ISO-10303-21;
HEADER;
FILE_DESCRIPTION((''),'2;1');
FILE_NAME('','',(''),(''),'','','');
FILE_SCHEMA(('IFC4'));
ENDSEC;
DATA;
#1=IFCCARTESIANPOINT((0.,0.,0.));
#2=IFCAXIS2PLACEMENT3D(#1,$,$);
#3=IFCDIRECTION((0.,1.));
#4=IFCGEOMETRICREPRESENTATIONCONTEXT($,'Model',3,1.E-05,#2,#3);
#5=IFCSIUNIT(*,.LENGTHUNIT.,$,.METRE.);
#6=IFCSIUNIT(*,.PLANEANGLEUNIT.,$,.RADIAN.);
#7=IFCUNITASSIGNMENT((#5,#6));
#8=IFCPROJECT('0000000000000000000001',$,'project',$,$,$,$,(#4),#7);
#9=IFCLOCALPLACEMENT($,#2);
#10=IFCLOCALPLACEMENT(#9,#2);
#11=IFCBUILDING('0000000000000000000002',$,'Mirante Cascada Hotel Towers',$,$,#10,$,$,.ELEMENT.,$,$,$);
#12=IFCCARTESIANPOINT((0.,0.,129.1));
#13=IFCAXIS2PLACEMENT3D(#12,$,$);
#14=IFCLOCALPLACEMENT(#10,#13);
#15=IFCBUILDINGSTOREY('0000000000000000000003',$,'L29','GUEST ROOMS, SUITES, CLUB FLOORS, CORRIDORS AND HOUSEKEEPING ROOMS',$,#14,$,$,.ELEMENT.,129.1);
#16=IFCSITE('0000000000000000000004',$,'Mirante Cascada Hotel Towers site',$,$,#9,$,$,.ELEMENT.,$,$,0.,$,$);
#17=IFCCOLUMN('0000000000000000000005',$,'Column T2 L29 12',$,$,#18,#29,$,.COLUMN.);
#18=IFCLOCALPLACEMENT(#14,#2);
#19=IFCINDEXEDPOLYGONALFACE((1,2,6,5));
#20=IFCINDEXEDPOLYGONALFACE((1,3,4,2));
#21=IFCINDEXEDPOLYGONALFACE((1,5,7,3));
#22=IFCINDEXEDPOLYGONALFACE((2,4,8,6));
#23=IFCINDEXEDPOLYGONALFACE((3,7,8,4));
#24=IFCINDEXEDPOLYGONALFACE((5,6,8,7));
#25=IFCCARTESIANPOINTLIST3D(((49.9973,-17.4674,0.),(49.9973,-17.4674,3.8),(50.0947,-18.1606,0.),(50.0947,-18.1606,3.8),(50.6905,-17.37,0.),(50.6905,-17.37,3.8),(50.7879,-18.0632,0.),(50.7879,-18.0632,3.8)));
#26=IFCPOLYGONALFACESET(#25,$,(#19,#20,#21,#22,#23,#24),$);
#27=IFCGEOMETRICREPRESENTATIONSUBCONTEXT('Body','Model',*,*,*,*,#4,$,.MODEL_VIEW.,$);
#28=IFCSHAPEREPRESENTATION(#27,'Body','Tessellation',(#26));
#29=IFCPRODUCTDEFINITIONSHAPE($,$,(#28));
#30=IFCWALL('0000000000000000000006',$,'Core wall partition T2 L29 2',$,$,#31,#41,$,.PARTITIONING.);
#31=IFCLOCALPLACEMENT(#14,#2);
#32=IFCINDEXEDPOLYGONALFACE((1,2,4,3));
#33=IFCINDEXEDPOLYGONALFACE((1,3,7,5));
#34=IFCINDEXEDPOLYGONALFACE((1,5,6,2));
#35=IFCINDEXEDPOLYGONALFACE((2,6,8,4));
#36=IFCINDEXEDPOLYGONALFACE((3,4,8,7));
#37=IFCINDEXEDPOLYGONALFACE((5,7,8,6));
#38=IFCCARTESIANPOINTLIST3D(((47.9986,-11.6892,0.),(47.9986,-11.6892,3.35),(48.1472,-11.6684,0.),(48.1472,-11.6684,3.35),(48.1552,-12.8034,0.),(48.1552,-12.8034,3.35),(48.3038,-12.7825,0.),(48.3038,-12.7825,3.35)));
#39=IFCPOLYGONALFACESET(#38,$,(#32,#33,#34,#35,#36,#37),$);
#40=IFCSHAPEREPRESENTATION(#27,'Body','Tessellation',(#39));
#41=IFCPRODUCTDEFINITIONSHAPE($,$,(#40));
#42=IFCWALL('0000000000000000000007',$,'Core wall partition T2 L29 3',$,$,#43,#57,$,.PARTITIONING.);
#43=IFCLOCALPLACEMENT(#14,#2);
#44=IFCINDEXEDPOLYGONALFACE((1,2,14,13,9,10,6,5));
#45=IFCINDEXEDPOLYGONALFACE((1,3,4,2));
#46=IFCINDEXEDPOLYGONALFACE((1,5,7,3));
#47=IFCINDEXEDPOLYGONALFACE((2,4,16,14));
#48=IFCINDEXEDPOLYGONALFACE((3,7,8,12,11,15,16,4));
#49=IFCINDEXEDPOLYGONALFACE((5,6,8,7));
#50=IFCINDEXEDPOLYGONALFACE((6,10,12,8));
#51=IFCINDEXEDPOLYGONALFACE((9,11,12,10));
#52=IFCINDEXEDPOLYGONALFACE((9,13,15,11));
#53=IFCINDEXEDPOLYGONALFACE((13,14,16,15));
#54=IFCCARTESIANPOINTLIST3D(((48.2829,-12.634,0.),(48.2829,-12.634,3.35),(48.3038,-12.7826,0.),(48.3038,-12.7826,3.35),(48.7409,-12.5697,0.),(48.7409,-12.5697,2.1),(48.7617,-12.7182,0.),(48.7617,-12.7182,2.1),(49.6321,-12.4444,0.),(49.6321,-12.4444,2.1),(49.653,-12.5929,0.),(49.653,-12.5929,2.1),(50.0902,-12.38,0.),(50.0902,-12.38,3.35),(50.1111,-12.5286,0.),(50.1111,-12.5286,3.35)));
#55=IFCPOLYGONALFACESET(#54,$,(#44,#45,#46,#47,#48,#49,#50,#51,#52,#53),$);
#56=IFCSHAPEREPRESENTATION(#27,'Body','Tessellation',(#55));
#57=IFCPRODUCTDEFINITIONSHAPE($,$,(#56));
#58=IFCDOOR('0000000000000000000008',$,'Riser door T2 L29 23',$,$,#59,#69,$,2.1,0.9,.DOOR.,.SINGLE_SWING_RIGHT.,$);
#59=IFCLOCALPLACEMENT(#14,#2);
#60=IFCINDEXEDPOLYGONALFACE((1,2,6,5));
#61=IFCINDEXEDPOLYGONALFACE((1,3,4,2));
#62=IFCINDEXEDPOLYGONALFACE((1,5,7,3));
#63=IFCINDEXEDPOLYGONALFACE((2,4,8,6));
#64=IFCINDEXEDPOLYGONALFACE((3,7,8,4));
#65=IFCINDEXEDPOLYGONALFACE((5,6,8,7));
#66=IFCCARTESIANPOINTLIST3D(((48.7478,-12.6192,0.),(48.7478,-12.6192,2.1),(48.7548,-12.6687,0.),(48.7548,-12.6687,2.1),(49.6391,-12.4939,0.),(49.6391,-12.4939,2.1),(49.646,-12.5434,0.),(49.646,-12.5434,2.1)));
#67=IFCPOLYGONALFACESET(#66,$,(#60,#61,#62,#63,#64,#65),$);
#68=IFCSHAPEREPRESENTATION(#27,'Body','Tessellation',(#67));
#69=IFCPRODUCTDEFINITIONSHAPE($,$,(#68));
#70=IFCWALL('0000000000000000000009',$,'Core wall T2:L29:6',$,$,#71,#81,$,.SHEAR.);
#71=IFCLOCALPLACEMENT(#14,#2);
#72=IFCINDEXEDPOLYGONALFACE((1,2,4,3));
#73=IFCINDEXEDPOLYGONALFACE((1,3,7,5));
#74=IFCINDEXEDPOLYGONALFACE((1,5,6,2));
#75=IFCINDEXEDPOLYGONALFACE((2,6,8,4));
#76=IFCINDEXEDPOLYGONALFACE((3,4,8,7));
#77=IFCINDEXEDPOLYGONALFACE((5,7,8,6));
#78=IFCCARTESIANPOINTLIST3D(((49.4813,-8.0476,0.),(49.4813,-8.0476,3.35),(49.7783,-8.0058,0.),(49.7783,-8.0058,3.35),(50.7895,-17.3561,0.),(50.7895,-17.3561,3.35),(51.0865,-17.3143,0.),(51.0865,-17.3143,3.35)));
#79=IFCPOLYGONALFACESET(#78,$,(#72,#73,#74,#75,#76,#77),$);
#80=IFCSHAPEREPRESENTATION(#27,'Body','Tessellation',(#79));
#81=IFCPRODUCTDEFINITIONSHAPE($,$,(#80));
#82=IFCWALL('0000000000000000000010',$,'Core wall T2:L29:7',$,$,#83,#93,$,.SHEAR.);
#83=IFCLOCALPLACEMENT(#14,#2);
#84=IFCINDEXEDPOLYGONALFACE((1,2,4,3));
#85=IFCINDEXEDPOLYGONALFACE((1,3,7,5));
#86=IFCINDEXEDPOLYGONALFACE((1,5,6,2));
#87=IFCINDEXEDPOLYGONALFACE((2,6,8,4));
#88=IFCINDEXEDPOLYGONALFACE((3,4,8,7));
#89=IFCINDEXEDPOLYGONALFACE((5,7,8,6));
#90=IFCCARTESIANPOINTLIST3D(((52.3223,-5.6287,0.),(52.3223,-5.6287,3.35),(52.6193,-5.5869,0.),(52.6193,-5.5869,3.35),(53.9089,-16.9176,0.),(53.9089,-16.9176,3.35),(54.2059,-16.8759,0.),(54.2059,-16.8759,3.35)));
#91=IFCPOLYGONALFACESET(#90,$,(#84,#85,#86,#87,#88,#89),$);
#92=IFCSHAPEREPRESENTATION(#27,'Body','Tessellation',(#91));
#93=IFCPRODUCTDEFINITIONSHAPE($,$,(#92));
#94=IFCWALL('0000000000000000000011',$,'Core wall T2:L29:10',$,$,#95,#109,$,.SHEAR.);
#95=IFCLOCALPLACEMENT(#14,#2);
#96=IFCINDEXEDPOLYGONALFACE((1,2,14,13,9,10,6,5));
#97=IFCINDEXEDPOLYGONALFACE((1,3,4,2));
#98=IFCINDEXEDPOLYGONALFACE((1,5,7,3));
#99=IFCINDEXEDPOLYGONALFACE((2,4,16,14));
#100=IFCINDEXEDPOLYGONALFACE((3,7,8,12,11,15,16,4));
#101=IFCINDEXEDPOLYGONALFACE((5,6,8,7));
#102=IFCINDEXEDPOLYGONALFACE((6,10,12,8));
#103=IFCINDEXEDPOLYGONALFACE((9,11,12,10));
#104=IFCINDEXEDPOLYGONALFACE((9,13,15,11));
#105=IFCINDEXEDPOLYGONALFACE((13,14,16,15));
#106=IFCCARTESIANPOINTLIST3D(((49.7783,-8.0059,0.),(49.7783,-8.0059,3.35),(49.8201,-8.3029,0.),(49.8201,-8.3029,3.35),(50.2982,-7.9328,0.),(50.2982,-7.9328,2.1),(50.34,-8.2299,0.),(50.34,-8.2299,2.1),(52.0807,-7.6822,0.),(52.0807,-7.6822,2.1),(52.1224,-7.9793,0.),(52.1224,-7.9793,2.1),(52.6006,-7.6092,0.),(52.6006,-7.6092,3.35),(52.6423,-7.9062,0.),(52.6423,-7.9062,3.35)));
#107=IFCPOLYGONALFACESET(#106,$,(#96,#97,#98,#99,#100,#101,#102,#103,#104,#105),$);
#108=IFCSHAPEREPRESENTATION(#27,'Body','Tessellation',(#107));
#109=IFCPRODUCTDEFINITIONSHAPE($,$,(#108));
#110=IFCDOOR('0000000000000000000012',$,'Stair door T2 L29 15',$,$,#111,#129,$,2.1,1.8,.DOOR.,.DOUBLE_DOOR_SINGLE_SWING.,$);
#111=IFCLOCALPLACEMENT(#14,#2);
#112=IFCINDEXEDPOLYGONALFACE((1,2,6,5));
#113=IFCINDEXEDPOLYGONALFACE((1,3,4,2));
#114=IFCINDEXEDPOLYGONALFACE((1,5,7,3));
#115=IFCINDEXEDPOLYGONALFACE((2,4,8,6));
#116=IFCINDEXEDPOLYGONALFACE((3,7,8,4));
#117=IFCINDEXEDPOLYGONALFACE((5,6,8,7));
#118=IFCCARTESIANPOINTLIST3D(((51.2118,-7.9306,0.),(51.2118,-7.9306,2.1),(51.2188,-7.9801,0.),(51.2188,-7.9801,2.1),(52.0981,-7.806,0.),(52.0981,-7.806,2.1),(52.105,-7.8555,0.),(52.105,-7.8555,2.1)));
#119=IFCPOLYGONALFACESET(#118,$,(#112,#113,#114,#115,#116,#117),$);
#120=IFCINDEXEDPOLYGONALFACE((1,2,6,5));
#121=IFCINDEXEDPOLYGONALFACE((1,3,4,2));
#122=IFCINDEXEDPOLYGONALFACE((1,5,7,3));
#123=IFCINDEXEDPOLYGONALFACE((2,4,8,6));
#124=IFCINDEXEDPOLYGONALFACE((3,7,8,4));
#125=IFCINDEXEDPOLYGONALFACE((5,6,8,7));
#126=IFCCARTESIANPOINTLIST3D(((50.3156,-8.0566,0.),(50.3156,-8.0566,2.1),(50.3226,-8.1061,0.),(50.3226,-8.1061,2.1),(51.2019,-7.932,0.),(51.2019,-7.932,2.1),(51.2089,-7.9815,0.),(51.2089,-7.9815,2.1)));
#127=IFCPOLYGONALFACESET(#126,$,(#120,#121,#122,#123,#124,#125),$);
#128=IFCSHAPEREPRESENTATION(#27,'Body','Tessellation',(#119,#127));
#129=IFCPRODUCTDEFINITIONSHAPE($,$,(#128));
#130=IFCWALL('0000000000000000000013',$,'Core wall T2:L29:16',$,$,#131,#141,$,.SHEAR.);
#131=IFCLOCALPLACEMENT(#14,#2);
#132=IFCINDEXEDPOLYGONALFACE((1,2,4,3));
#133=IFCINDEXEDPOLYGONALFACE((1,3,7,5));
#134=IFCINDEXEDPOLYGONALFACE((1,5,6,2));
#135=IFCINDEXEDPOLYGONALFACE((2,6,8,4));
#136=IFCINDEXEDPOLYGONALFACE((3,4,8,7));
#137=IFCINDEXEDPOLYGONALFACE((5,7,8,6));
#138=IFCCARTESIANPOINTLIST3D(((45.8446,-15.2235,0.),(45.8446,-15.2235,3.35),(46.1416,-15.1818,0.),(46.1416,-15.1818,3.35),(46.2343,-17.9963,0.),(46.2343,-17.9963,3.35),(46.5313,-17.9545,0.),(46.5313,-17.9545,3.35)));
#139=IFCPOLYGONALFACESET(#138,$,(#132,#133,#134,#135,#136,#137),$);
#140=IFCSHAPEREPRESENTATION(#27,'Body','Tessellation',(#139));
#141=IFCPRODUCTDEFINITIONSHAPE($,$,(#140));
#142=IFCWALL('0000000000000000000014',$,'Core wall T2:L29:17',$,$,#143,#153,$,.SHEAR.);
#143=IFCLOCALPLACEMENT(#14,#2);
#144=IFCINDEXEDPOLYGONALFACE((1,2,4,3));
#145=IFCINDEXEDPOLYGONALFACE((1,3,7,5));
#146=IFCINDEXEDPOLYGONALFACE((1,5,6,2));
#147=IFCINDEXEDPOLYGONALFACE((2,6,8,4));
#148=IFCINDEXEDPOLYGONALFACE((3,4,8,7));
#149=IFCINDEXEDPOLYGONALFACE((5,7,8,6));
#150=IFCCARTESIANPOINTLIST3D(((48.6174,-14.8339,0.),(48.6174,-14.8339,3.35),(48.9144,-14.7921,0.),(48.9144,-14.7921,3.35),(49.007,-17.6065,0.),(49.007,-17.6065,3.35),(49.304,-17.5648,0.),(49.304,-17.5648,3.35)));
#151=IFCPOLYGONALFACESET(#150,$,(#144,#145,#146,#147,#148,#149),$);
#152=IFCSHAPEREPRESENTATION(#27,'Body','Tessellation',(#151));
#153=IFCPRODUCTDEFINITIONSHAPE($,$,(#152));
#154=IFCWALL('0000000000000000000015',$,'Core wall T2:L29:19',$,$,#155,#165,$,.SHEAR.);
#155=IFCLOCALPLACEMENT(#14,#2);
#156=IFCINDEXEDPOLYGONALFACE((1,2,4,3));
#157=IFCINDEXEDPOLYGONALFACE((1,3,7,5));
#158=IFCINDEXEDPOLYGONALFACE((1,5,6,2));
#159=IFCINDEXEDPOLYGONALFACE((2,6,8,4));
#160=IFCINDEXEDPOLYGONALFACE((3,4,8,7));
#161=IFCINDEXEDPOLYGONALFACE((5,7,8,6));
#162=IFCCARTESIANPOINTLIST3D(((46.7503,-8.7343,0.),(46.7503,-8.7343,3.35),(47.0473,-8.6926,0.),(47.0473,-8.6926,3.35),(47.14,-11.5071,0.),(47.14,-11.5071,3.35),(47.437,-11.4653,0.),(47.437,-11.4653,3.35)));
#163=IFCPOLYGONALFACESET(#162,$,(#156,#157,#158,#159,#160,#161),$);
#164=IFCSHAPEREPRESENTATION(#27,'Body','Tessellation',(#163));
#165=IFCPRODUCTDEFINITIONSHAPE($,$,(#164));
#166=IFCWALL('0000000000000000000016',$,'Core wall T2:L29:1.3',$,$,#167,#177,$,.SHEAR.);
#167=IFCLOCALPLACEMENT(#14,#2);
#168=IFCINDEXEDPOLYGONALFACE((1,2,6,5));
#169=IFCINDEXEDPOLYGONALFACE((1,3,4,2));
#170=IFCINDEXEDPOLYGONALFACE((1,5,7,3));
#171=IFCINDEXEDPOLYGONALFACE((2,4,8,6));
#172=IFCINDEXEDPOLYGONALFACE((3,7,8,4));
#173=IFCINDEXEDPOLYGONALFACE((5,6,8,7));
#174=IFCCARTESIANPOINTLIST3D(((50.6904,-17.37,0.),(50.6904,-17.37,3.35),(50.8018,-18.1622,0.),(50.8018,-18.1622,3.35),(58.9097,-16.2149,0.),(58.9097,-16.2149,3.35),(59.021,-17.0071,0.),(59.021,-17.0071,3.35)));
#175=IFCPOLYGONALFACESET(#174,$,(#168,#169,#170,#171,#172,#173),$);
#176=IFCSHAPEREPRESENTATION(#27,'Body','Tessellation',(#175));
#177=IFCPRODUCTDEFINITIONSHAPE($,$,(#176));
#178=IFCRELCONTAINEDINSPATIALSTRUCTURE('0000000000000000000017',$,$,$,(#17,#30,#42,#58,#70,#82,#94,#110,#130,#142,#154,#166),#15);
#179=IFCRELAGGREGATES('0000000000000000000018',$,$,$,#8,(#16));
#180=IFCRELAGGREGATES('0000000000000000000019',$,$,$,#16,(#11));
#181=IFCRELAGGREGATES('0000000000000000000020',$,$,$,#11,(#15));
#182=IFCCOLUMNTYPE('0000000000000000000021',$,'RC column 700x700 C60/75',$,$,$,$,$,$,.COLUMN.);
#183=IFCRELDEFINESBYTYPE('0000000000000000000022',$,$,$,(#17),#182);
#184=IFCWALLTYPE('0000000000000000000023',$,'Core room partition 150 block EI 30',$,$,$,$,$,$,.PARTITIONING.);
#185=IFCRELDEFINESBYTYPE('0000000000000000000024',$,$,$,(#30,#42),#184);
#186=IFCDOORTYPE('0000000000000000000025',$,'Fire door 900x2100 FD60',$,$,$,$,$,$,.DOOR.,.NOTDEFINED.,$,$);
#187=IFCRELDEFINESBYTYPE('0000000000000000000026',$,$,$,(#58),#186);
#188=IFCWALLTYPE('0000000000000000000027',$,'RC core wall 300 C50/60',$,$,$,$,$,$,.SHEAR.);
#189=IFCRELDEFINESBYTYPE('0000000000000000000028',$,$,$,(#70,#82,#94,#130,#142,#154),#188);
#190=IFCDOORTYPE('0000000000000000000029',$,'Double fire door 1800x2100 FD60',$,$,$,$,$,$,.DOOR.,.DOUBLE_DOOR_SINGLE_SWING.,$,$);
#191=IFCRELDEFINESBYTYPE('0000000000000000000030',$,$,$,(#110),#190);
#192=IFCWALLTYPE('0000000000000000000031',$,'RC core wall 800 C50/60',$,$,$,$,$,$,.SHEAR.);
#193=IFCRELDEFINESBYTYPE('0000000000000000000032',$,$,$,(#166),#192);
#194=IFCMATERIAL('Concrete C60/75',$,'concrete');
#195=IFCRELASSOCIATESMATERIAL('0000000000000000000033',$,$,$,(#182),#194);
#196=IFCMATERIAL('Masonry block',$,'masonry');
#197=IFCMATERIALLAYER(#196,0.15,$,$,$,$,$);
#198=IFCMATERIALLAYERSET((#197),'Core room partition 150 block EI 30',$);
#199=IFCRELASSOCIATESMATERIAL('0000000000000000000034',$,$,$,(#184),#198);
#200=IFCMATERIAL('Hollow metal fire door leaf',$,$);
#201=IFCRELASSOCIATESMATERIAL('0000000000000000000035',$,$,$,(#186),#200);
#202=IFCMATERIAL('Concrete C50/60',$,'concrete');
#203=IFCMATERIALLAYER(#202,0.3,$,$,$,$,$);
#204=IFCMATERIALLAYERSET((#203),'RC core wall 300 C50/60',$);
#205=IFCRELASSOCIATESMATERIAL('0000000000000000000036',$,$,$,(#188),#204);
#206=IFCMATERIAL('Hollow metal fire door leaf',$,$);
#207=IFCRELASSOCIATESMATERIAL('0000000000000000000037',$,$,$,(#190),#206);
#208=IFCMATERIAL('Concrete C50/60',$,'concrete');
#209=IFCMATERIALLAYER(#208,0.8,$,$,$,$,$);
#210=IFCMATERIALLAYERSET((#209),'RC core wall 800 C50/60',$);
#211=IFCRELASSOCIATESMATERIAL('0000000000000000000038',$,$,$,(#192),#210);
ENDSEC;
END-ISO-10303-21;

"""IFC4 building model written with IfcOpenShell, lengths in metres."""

from ifc_helpers import new_model, si_unit, direction, frame, frame_2d, origin, origin_2d, place, context, subcontext, project, spatial, rectangle, extrude, material, layer, layer_set, material_profile, profile_set, type_object, element, fill, save


model = new_model("IFC4")

# Units and contexts
model_context = context("Model", 3, precision=1e-05, world=origin(), true_north=direction((0.0, 1.0)))
body_context = subcontext(model_context, "Body", "Model", "MODEL_VIEW")
ifc_project = project(units=[si_unit("LENGTHUNIT", "METRE"), si_unit("PLANEANGLEUNIT", "RADIAN")], contexts=[model_context])

# Site, building, storey
site_placement = place(None, origin())
site = spatial("IfcSite", under=ifc_project, at=site_placement, Name="Mirante Cascada Hotel Towers site", CompositionType="ELEMENT", RefElevation=0.0)
building_placement = place(site_placement, origin())
building = spatial("IfcBuilding", under=site, at=building_placement, Name="Mirante Cascada Hotel Towers", CompositionType="ELEMENT")
storey_placement = place(building_placement, frame((0.0, 0.0, 129.1)))
storey = spatial("IfcBuildingStorey", under=building, at=storey_placement, Name="L29", Description="GUEST ROOMS, SUITES, CLUB FLOORS, CORRIDORS AND HOUSEKEEPING ROOMS", CompositionType="ELEMENT", Elevation=129.1)

# Column
ifc_material_1 = material(Name="Concrete C60/75", Category="concrete")
ifc_material_profile = material_profile(ifc_material_1, rectangle(XDim=0.7, YDim=0.7, at=origin_2d()), Name="RC column 700x700 C60/75")
ifc_profile_set = profile_set([ifc_material_profile], Name="Concrete C60/75")
column_type = type_object("IfcColumnType", Name="RC column 700x700 C60/75", PredefinedType="COLUMN", material=ifc_profile_set)
column_placement = place(storey_placement, frame((50.3926, -17.7653, 0.0), z_axis=(0.0, 0.0, 1.0), x_axis=(0.990268, 0.139173, 0.0)))
element("IfcColumn", 1, at=column_placement, inside=storey, type_object=column_type, Name="Column T2 L29 12", PredefinedType="COLUMN", context=body_context, shape_type="SweptSolid", body=[
    extrude(rectangle(XDim=0.7, YDim=0.7, at=origin_2d()), origin(), (0.0, 0.0, 1.0), 3.8),
])

# Wall
ifc_material_2 = material(Name="Masonry block", Category="masonry")
ifc_layer_1 = layer(ifc_material_2, 0.15)
ifc_layer_set_1 = layer_set([ifc_layer_1], Name="Core room partition 150 block EI 30")
wall_type_1 = type_object("IfcWallType", Name="Core room partition 150 block EI 30", PredefinedType="PARTITIONING", material=ifc_layer_set_1)
wall_1_placement = place(storey_placement, frame((48.2295, -12.793, 0.0), z_axis=(0.0, 0.0, 1.0), x_axis=(-0.139193, 0.990265, 0.0)))
element("IfcWall", 2, at=wall_1_placement, inside=storey, type_object=wall_type_1, Name="Core wall partition T2 L29 2", PredefinedType="PARTITIONING", context=body_context, shape_type="SweptSolid", body=[
    extrude(rectangle(XDim=1.1251, YDim=0.15, at=frame_2d((0.5626, 0.0))), origin(), (0.0, 0.0, 1.0), 3.35),
])

# Wall, opening, door
wall_2_placement = place(storey_placement, frame((48.2933, -12.7083, 0.0), z_axis=(0.0, 0.0, 1.0), x_axis=(0.990268, 0.139173, 0.0)))
wall_2 = element("IfcWall", 3, at=wall_2_placement, inside=storey, type_object=wall_type_1, Name="Core wall partition T2 L29 3", PredefinedType="PARTITIONING", context=body_context, shape_type="SweptSolid", body=[
    extrude(rectangle(XDim=1.8251, YDim=0.15, at=frame_2d((0.9126, 0.0))), origin(), (0.0, 0.0, 1.0), 3.35),
])
opening_1_placement = place(wall_2_placement, frame((0.4625, 0.0, 0.0)))
opening_1 = element("IfcOpeningElement", 4, at=opening_1_placement, cuts=wall_2, PredefinedType="OPENING", context=body_context, shape_type="SweptSolid", body=[
    extrude(rectangle(XDim=0.9, YDim=2.1, at=frame_2d((0.45, 1.05))), frame((0.0, 0.075, 0.0), z_axis=(0.0, -1.0, 0.0), x_axis=(1.0, 0.0, 0.0)), (0.0, 0.0, 1.0), 0.15),
])
ifc_material_3 = material(Name="Hollow metal fire door leaf")
door_type_1 = type_object("IfcDoorType", Name="Fire door 900x2100 FD60", OperationType="NOTDEFINED", PredefinedType="DOOR", material=ifc_material_3)
door_1_placement = place(opening_1_placement, frame((0.9, 0.0, 0.0), z_axis=(0.0, 0.0, 1.0), x_axis=(-1.0, 0.0, 0.0)))
door_1 = element("IfcDoor", 5, at=door_1_placement, inside=storey, type_object=door_type_1, Name="Riser door T2 L29 23", OperationType="SINGLE_SWING_RIGHT", OverallHeight=2.1, OverallWidth=0.9, PredefinedType="DOOR", context=body_context, shape_type="SweptSolid", body=[
    extrude(rectangle(XDim=0.9, YDim=2.1, at=frame_2d((0.45, 1.05))), frame((0.0, 0.025, 0.0), z_axis=(0.0, -1.0, 0.0), x_axis=(1.0, 0.0, 0.0)), (0.0, 0.0, 1.0), 0.05),
])
fill(opening_1, door_1)

# Walls
ifc_material_4 = material(Name="Concrete C50/60", Category="concrete")
ifc_layer_2 = layer(ifc_material_4, 0.3)
ifc_layer_set_2 = layer_set([ifc_layer_2], Name="RC core wall 300 C50/60")
wall_type_2 = type_object("IfcWallType", Name="RC core wall 300 C50/60", PredefinedType="SHEAR", material=ifc_layer_set_2)
wall_3_placement = place(storey_placement, frame((50.938, -17.3352, 0.0), z_axis=(0.0, 0.0, 1.0), x_axis=(-0.139171, 0.990268, 0.0)))
element("IfcWall", 6, at=wall_3_placement, inside=storey, type_object=wall_type_2, Name="Core wall T2:L29:6", PredefinedType="SHEAR", context=body_context, shape_type="SweptSolid", body=[
    extrude(rectangle(XDim=9.4, YDim=0.3, at=frame_2d((4.7, 0.0))), origin(), (0.0, 0.0, 1.0), 3.35),
])
wall_4_placement = place(storey_placement, frame((54.0574, -16.8968, 0.0), z_axis=(0.0, 0.0, 1.0), x_axis=(-0.139176, 0.990268, 0.0)))
element("IfcWall", 7, at=wall_4_placement, inside=storey, type_object=wall_type_2, Name="Core wall T2:L29:7", PredefinedType="SHEAR", context=body_context, shape_type="SweptSolid", body=[
    extrude(rectangle(XDim=11.3999, YDim=0.3, at=frame_2d((5.7, 0.0))), origin(), (0.0, 0.0, 1.0), 3.35),
])

# Wall, opening, door
wall_5_placement = place(storey_placement, frame((49.7992, -8.1544, 0.0), z_axis=(0.0, 0.0, 1.0), x_axis=(0.990266, 0.139191, 0.0)))
wall_5 = element("IfcWall", 8, at=wall_5_placement, inside=storey, type_object=wall_type_2, Name="Core wall T2:L29:10", PredefinedType="SHEAR", context=body_context, shape_type="SweptSolid", body=[
    extrude(rectangle(XDim=2.85, YDim=0.3, at=frame_2d((1.425, 0.0))), origin(), (0.0, 0.0, 1.0), 3.35),
])
opening_2_placement = place(wall_5_placement, frame((0.525, 0.0, 0.0)))
opening_2 = element("IfcOpeningElement", 9, at=opening_2_placement, cuts=wall_5, PredefinedType="OPENING", context=body_context, shape_type="SweptSolid", body=[
    extrude(rectangle(XDim=1.8, YDim=2.1, at=frame_2d((0.9, 1.05))), frame((0.0, 0.15, 0.0), z_axis=(0.0, -1.0, 0.0), x_axis=(1.0, 0.0, 0.0)), (0.0, 0.0, 1.0), 0.3),
])
ifc_material_5 = material(Name="Hollow metal fire door leaf")
door_type_2 = type_object("IfcDoorType", Name="Double fire door 1800x2100 FD60", OperationType="DOUBLE_DOOR_SINGLE_SWING", PredefinedType="DOOR", material=ifc_material_5)
door_2_placement = place(opening_2_placement, frame((1.8, 0.0, 0.0), z_axis=(0.0, 0.0, 1.0), x_axis=(-1.0, 0.0, 0.0)))
door_2 = element("IfcDoor", 10, at=door_2_placement, inside=storey, type_object=door_type_2, Name="Stair door T2 L29 15", OperationType="DOUBLE_DOOR_SINGLE_SWING", OverallHeight=2.1, OverallWidth=1.8, PredefinedType="DOOR", context=body_context, shape_type="SweptSolid", body=[
    extrude(rectangle(XDim=0.895, YDim=2.1, at=frame_2d((0.4475, 1.05))), frame((0.0, 0.025, 0.0), z_axis=(0.0, -1.0, 0.0), x_axis=(1.0, 0.0, 0.0)), (0.0, 0.0, 1.0), 0.05),
    extrude(rectangle(XDim=0.895, YDim=2.1, at=frame_2d((1.3525, 1.05))), frame((0.0, 0.025, 0.0), z_axis=(0.0, -1.0, 0.0), x_axis=(1.0, 0.0, 0.0)), (0.0, 0.0, 1.0), 0.05),
])
fill(opening_2, door_2)

# Walls
wall_6_placement = place(storey_placement, frame((46.3828, -17.9754, 0.0), z_axis=(0.0, 0.0, 1.0), x_axis=(-0.139181, 0.990267, 0.0)))
element("IfcWall", 11, at=wall_6_placement, inside=storey, type_object=wall_type_2, Name="Core wall T2:L29:16", PredefinedType="SHEAR", context=body_context, shape_type="SweptSolid", body=[
    extrude(rectangle(XDim=2.8, YDim=0.3, at=frame_2d((1.4, 0.0))), origin(), (0.0, 0.0, 1.0), 3.35),
])
wall_7_placement = place(storey_placement, frame((49.1555, -17.5857, 0.0), z_axis=(0.0, 0.0, 1.0), x_axis=(-0.139146, 0.990272, 0.0)))
element("IfcWall", 12, at=wall_7_placement, inside=storey, type_object=wall_type_2, Name="Core wall T2:L29:17", PredefinedType="SHEAR", context=body_context, shape_type="SweptSolid", body=[
    extrude(rectangle(XDim=2.7999, YDim=0.3, at=frame_2d((1.4, 0.0))), origin(), (0.0, 0.0, 1.0), 3.35),
])
wall_8_placement = place(storey_placement, frame((47.2885, -11.4862, 0.0), z_axis=(0.0, 0.0, 1.0), x_axis=(-0.139181, 0.990267, 0.0)))
element("IfcWall", 13, at=wall_8_placement, inside=storey, type_object=wall_type_2, Name="Core wall T2:L29:19", PredefinedType="SHEAR", context=body_context, shape_type="SweptSolid", body=[
    extrude(rectangle(XDim=2.8, YDim=0.3, at=frame_2d((1.4, 0.0))), origin(), (0.0, 0.0, 1.0), 3.35),
])

# Wall
ifc_material_6 = material(Name="Concrete C50/60", Category="concrete")
ifc_layer_3 = layer(ifc_material_6, 0.8)
ifc_layer_set_3 = layer_set([ifc_layer_3], Name="RC core wall 800 C50/60")
wall_type_3 = type_object("IfcWallType", Name="RC core wall 800 C50/60", PredefinedType="SHEAR", material=ifc_layer_set_3)
wall_9_placement = place(storey_placement, frame((50.7461, -17.7661, 0.0), z_axis=(0.0, 0.0, 1.0), x_axis=(0.990269, 0.139169, 0.0)))
element("IfcWall", 14, at=wall_9_placement, inside=storey, type_object=wall_type_3, Name="Core wall T2:L29:1.3", PredefinedType="SHEAR", context=body_context, shape_type="SweptSolid", body=[
    extrude(rectangle(XDim=8.3, YDim=0.8, at=frame_2d((4.15, 0.0))), origin(), (0.0, 0.0, 1.0), 3.35),
])

save(model, "model.ifc")
